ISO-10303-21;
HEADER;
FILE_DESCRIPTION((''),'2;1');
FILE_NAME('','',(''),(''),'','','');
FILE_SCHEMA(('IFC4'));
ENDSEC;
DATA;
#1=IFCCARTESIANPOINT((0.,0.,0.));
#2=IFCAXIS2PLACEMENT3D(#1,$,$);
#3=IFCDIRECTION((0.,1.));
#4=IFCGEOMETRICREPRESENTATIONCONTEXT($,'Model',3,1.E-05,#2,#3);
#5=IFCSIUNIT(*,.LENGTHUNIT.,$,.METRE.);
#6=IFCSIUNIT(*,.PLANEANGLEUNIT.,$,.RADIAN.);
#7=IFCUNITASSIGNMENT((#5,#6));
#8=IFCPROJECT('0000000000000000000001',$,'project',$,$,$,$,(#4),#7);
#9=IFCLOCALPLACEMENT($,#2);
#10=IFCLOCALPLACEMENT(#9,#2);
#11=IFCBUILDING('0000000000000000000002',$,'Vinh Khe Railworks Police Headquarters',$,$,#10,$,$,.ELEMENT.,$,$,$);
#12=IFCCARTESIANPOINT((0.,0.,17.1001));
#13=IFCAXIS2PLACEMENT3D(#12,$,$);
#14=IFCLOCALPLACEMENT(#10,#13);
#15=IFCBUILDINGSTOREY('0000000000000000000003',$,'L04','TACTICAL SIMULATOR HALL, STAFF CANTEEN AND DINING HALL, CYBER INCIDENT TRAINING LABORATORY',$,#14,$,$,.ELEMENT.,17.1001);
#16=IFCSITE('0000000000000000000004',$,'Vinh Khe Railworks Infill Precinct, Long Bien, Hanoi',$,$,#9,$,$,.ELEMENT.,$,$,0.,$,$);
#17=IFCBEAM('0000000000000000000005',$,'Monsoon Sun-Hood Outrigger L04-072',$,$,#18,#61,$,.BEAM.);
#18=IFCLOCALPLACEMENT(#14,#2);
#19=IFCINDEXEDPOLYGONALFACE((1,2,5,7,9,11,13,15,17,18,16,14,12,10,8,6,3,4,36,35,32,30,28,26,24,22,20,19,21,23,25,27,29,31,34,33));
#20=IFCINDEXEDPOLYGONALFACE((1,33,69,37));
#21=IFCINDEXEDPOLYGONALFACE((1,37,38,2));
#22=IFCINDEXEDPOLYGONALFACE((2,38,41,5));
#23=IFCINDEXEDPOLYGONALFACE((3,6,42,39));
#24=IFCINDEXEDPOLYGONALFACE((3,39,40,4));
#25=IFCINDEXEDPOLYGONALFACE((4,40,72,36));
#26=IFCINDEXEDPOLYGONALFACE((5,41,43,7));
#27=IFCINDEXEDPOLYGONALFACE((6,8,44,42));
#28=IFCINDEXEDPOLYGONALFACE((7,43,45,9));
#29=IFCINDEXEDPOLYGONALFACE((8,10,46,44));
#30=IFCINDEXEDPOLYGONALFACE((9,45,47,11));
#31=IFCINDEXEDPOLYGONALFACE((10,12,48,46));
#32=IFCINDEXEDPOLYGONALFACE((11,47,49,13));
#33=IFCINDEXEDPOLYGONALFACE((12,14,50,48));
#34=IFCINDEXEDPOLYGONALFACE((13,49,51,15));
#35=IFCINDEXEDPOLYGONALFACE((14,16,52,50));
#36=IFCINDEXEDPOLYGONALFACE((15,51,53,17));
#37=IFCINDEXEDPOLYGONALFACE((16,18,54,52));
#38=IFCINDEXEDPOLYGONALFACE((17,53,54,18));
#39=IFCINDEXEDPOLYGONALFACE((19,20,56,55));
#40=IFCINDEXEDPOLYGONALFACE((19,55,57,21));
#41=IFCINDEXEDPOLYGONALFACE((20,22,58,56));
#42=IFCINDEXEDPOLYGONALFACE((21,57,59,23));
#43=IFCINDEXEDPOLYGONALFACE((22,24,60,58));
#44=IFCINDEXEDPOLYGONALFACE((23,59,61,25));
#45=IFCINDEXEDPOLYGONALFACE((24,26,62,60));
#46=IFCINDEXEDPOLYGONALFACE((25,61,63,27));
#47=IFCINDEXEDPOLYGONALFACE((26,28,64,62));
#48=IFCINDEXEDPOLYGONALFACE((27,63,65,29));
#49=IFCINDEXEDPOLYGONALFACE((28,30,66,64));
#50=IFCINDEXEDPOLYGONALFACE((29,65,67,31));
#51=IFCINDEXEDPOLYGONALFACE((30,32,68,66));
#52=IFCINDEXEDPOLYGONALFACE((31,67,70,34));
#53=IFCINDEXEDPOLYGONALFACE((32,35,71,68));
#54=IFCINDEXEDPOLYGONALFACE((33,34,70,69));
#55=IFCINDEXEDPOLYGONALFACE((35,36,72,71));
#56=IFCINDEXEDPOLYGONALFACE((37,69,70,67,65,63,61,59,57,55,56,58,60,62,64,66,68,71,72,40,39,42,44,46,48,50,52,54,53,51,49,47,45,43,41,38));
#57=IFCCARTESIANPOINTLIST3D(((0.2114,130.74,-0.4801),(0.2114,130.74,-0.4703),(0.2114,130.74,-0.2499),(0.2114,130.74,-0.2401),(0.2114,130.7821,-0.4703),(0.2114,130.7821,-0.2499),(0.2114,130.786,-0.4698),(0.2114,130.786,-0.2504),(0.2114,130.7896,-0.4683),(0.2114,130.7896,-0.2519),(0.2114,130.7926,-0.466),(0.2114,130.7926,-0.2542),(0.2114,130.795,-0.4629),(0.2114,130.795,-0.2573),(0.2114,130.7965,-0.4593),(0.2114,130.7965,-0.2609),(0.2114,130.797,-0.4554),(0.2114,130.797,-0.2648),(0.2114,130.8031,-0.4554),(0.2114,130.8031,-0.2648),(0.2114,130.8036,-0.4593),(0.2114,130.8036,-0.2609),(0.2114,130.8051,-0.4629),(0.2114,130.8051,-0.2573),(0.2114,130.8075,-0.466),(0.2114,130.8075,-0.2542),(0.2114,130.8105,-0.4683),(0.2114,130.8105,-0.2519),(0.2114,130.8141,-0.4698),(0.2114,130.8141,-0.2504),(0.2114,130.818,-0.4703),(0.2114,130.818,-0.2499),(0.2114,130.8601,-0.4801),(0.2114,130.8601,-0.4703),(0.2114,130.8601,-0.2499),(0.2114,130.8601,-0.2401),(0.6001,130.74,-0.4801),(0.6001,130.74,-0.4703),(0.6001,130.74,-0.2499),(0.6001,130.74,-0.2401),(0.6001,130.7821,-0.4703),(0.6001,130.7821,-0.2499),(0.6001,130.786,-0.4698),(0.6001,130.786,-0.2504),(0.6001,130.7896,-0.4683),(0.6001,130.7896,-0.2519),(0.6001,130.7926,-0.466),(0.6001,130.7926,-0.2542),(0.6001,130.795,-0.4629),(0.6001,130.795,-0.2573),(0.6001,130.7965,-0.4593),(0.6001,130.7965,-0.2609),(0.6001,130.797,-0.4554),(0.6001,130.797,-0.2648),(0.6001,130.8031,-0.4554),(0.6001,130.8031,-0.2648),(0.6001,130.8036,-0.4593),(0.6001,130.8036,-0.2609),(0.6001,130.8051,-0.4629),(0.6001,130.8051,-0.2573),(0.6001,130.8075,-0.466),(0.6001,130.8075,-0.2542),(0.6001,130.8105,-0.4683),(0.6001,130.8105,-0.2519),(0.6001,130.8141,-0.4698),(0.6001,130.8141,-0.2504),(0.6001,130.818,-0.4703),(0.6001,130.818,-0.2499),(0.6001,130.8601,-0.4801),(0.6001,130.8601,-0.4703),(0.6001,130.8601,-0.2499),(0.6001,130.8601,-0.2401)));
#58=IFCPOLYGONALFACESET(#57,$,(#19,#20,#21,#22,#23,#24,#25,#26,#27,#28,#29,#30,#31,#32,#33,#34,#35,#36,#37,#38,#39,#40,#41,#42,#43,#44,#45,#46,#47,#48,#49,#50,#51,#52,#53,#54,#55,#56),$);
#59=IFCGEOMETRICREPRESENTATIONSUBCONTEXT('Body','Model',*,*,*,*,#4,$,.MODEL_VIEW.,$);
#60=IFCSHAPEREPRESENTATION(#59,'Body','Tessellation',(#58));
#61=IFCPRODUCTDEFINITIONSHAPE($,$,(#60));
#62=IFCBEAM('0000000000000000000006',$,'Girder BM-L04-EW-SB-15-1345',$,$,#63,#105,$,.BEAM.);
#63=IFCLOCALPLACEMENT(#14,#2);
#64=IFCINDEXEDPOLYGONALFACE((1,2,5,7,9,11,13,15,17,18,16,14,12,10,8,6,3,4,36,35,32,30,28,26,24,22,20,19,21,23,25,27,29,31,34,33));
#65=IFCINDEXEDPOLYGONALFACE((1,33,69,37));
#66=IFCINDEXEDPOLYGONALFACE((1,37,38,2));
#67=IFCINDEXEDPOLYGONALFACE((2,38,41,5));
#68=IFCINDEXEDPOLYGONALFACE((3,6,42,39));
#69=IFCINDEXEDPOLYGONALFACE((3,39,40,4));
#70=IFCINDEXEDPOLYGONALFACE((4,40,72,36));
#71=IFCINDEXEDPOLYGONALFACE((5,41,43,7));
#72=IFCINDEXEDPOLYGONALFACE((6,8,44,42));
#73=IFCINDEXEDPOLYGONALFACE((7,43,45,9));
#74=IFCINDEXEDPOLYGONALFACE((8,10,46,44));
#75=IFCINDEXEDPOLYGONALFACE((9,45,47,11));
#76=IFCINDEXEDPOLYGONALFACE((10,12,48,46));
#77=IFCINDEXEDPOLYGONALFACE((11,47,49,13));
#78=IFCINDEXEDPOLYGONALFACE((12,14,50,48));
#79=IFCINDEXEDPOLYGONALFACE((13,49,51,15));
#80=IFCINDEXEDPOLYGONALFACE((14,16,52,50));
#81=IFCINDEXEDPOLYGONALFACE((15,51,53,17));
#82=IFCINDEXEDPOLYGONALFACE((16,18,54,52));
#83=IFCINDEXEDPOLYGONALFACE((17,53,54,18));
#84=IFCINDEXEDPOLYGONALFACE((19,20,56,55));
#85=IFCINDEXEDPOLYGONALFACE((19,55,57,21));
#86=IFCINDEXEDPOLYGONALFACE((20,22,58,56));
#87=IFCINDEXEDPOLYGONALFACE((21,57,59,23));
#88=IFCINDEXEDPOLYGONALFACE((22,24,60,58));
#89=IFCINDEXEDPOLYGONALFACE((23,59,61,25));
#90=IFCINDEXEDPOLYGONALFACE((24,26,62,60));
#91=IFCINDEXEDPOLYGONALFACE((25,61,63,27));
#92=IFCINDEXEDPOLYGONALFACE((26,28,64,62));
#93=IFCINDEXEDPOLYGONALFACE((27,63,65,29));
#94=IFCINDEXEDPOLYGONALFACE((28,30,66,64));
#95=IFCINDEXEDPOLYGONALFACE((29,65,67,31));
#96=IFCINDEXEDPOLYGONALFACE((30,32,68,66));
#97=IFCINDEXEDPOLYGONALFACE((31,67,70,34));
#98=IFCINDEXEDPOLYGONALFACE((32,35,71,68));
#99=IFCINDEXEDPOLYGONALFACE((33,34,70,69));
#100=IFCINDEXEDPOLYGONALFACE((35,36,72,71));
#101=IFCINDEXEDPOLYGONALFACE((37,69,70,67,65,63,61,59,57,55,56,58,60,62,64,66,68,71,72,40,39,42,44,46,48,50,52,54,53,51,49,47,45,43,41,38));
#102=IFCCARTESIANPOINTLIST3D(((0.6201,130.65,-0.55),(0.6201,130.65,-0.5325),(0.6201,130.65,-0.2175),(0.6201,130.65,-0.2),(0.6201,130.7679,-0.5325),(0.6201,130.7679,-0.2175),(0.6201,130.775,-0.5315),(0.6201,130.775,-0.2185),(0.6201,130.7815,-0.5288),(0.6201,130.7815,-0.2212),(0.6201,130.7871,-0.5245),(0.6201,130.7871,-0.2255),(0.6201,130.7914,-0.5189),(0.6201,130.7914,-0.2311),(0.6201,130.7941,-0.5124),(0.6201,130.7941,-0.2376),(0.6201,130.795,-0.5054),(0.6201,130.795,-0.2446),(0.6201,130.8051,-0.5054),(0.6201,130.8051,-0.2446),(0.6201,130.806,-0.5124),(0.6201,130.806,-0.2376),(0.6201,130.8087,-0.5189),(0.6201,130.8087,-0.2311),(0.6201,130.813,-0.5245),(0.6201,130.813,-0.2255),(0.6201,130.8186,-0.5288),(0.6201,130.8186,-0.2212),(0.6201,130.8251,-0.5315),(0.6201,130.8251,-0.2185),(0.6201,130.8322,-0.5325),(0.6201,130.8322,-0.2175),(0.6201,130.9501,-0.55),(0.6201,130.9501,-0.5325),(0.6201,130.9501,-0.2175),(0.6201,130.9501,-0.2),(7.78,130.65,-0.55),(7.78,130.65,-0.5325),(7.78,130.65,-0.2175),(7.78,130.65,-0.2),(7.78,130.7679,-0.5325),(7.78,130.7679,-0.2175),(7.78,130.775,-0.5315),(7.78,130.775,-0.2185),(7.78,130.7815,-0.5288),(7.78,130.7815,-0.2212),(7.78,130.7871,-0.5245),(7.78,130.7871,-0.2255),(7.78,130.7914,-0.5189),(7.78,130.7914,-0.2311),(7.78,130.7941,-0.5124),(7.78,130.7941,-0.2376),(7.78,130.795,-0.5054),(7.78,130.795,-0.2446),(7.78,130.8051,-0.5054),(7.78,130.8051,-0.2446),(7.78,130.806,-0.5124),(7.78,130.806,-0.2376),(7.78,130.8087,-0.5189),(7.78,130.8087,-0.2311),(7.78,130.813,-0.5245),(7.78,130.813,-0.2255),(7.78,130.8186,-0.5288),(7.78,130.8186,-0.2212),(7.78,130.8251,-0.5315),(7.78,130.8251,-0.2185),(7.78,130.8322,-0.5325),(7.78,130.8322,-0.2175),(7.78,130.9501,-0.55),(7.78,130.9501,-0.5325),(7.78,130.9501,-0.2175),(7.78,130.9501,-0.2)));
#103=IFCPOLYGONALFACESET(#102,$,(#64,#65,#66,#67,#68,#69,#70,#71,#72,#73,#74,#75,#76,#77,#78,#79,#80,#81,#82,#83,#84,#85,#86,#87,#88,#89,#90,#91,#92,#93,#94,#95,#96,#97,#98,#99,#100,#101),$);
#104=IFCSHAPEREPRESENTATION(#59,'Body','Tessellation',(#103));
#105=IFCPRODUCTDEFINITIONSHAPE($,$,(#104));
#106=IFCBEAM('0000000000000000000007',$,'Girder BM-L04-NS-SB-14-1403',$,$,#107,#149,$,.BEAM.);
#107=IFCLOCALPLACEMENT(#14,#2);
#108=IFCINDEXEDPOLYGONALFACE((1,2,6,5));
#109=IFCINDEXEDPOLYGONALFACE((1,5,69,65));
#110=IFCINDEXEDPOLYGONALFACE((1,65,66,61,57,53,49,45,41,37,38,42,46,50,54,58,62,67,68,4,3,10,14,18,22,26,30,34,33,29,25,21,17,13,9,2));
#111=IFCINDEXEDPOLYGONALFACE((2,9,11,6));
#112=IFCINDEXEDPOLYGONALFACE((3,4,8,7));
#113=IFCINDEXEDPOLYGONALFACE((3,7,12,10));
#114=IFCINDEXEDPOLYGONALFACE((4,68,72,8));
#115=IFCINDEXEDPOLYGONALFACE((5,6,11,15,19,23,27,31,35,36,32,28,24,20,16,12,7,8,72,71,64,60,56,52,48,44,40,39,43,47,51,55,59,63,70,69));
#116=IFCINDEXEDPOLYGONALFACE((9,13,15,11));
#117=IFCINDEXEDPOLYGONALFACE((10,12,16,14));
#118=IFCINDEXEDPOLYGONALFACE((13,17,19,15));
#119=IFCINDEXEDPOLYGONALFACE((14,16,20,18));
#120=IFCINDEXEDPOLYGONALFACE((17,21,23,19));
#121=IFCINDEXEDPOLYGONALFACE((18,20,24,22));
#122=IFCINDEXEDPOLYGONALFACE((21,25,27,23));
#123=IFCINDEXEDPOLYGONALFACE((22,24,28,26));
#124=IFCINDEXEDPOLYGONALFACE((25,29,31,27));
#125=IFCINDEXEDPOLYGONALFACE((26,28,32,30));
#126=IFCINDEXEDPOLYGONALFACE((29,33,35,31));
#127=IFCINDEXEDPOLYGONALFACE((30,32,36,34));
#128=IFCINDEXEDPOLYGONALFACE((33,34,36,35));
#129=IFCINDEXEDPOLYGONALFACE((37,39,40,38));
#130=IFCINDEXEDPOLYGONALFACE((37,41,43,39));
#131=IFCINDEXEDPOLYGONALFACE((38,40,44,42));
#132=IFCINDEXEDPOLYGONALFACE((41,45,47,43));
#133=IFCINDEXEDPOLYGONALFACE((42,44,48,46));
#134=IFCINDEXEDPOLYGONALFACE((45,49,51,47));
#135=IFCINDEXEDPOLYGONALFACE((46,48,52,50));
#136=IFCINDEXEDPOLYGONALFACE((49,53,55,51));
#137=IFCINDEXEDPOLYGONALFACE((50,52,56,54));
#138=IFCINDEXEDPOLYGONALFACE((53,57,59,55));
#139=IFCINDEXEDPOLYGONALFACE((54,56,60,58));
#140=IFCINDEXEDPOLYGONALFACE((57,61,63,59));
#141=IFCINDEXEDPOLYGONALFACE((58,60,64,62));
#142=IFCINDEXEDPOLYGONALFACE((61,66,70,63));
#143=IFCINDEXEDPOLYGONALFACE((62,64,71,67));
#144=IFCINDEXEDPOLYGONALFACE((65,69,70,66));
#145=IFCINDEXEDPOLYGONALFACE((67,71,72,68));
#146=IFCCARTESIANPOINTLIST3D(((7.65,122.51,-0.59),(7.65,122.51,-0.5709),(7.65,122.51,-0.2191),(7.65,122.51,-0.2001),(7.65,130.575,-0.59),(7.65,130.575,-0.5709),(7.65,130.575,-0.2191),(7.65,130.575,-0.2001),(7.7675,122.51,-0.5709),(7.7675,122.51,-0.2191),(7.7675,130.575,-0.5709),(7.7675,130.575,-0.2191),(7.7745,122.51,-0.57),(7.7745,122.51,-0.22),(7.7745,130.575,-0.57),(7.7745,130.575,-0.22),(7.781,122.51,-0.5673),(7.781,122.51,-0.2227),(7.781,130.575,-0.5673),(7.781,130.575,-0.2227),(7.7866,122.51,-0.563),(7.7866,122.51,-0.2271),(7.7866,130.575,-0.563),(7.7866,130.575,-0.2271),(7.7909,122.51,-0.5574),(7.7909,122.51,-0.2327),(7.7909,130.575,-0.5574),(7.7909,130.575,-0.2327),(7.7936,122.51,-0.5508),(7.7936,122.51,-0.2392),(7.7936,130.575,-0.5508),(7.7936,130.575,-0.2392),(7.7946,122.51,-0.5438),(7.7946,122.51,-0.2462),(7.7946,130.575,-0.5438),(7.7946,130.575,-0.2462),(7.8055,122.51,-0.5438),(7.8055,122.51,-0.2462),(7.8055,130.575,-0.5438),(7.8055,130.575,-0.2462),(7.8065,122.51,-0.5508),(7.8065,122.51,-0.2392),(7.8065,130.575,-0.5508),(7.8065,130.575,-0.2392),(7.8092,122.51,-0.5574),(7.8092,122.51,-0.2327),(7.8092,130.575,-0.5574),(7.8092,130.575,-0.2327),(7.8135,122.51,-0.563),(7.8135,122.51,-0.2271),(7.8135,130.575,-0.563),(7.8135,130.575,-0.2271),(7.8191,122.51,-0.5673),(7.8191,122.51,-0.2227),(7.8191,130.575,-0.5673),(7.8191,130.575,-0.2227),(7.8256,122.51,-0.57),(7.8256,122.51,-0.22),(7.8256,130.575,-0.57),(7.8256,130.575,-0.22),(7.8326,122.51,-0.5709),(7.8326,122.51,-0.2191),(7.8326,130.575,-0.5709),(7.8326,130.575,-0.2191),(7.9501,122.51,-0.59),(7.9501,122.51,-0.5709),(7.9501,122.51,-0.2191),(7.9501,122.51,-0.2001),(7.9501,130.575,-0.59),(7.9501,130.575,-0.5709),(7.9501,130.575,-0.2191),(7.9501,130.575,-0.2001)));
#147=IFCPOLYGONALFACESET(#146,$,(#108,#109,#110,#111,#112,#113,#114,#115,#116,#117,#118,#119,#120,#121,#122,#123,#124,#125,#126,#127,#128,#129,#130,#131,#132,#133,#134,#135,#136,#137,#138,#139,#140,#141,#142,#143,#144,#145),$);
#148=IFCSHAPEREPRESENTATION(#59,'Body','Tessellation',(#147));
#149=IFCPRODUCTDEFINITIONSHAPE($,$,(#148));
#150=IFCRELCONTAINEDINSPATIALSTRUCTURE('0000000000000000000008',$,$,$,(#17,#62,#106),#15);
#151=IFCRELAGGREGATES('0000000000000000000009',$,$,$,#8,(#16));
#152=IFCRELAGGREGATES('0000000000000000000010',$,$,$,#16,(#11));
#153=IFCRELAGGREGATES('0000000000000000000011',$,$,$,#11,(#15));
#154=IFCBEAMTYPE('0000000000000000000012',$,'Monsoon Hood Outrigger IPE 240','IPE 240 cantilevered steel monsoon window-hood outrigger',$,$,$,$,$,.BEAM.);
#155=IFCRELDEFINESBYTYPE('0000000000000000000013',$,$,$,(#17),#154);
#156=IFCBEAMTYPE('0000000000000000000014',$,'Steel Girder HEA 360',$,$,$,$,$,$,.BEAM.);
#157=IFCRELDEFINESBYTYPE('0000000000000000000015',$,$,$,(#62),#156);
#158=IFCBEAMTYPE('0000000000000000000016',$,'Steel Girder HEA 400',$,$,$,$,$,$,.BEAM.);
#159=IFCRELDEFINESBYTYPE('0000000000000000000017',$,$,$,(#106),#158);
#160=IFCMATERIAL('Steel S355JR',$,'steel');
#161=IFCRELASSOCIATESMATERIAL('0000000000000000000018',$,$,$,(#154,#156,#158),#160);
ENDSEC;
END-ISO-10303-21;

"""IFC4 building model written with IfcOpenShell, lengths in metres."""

from ifc_helpers import new_model, si_unit, direction, frame, origin, origin_2d, place, context, subcontext, project, spatial, i_section, extrude, material, material_profile, profile_set, type_object, element, save


model = new_model("IFC4")

# Units and contexts
model_context = context("Model", 3, precision=1e-05, world=origin(), true_north=direction((0.0, 1.0)))
body_context = subcontext(model_context, "Body", "Model", "MODEL_VIEW")
ifc_project = project(units=[si_unit("LENGTHUNIT", "METRE"), si_unit("PLANEANGLEUNIT", "RADIAN")], contexts=[model_context])

# Site, building, storey
site_placement = place(None, origin())
site = spatial("IfcSite", under=ifc_project, at=site_placement, Name="Vinh Khe Railworks Infill Precinct, Long Bien, Hanoi", CompositionType="ELEMENT", RefElevation=0.0)
building_placement = place(site_placement, origin())
building = spatial("IfcBuilding", under=site, at=building_placement, Name="Vinh Khe Railworks Police Headquarters", CompositionType="ELEMENT")
storey_placement = place(building_placement, frame((0.0, 0.0, 17.1001)))
storey = spatial("IfcBuildingStorey", under=building, at=storey_placement, Name="L04", Description="TACTICAL SIMULATOR HALL, STAFF CANTEEN AND DINING HALL, CYBER INCIDENT TRAINING LABORATORY", CompositionType="ELEMENT", Elevation=17.1001)

# Shared definitions
ifc_material_1 = material(Name="Steel S355JR", Category="steel")

# Beams
ifc_material_profile_1 = material_profile(ifc_material_1, i_section(OverallWidth=0.1201, OverallDepth=0.24, WebThickness=0.0061, FlangeThickness=0.0098, FilletRadius=0.0149, at=origin_2d()), Name="IPE 240")
ifc_profile_set_1 = profile_set([ifc_material_profile_1], Name="Steel S355JR")
beam_type_1 = type_object("IfcBeamType", Name="Monsoon Hood Outrigger IPE 240", Description="IPE 240 cantilevered steel monsoon window-hood outrigger", PredefinedType="BEAM", material=ifc_profile_set_1)
beam_1_placement = place(storey_placement, frame((0.2114, 130.8, -0.3601), z_axis=(1.0, 0.0, 0.0), x_axis=(0.0, 1.0, 0.0)))
element("IfcBeam", 1, at=beam_1_placement, inside=storey, type_object=beam_type_1, Name="Monsoon Sun-Hood Outrigger L04-072", PredefinedType="BEAM", context=body_context, shape_type="SweptSolid", body=[
    extrude(i_section(OverallWidth=0.1201, OverallDepth=0.24, WebThickness=0.0061, FlangeThickness=0.0098, FilletRadius=0.0149, at=origin_2d()), origin(), (0.0, 0.0, 1.0), 0.3887),
])
ifc_material_profile_2 = material_profile(ifc_material_1, i_section(OverallWidth=0.3, OverallDepth=0.3501, WebThickness=0.01, FlangeThickness=0.0176, FilletRadius=0.0271, at=origin_2d()), Name="HEA 360")
ifc_profile_set_2 = profile_set([ifc_material_profile_2], Name="Steel S355JR")
beam_type_2 = type_object("IfcBeamType", Name="Steel Girder HEA 360", PredefinedType="BEAM", material=ifc_profile_set_2)
beam_2_placement = place(storey_placement, frame((0.6201, 130.8, -0.375), z_axis=(1.0, 0.0, 0.0), x_axis=(0.0, 1.0, 0.0)))
element("IfcBeam", 2, at=beam_2_placement, inside=storey, type_object=beam_type_2, Name="Girder BM-L04-EW-SB-15-1345", PredefinedType="BEAM", context=body_context, shape_type="SweptSolid", body=[
    extrude(i_section(OverallWidth=0.3, OverallDepth=0.3501, WebThickness=0.01, FlangeThickness=0.0176, FilletRadius=0.0271, at=origin_2d()), origin(), (0.0, 0.0, 1.0), 7.1599),
])
ifc_material_profile_3 = material_profile(ifc_material_1, i_section(OverallWidth=0.3, OverallDepth=0.3899, WebThickness=0.011, FlangeThickness=0.019, FilletRadius=0.0271, at=origin_2d()), Name="HEA 400")
ifc_profile_set_3 = profile_set([ifc_material_profile_3], Name="Steel S355JR")
beam_type_3 = type_object("IfcBeamType", Name="Steel Girder HEA 400", PredefinedType="BEAM", material=ifc_profile_set_3)
beam_3_placement = place(storey_placement, frame((7.8, 122.51, -0.395), z_axis=(0.0, 1.0, 0.0), x_axis=(-1.0, 0.0, 0.0)))
element("IfcBeam", 3, at=beam_3_placement, inside=storey, type_object=beam_type_3, Name="Girder BM-L04-NS-SB-14-1403", PredefinedType="BEAM", context=body_context, shape_type="SweptSolid", body=[
    extrude(i_section(OverallWidth=0.3, OverallDepth=0.3899, WebThickness=0.011, FlangeThickness=0.019, FilletRadius=0.0271, at=origin_2d()), origin(), (0.0, 0.0, 1.0), 8.0649),
])

save(model, "model.ifc")
